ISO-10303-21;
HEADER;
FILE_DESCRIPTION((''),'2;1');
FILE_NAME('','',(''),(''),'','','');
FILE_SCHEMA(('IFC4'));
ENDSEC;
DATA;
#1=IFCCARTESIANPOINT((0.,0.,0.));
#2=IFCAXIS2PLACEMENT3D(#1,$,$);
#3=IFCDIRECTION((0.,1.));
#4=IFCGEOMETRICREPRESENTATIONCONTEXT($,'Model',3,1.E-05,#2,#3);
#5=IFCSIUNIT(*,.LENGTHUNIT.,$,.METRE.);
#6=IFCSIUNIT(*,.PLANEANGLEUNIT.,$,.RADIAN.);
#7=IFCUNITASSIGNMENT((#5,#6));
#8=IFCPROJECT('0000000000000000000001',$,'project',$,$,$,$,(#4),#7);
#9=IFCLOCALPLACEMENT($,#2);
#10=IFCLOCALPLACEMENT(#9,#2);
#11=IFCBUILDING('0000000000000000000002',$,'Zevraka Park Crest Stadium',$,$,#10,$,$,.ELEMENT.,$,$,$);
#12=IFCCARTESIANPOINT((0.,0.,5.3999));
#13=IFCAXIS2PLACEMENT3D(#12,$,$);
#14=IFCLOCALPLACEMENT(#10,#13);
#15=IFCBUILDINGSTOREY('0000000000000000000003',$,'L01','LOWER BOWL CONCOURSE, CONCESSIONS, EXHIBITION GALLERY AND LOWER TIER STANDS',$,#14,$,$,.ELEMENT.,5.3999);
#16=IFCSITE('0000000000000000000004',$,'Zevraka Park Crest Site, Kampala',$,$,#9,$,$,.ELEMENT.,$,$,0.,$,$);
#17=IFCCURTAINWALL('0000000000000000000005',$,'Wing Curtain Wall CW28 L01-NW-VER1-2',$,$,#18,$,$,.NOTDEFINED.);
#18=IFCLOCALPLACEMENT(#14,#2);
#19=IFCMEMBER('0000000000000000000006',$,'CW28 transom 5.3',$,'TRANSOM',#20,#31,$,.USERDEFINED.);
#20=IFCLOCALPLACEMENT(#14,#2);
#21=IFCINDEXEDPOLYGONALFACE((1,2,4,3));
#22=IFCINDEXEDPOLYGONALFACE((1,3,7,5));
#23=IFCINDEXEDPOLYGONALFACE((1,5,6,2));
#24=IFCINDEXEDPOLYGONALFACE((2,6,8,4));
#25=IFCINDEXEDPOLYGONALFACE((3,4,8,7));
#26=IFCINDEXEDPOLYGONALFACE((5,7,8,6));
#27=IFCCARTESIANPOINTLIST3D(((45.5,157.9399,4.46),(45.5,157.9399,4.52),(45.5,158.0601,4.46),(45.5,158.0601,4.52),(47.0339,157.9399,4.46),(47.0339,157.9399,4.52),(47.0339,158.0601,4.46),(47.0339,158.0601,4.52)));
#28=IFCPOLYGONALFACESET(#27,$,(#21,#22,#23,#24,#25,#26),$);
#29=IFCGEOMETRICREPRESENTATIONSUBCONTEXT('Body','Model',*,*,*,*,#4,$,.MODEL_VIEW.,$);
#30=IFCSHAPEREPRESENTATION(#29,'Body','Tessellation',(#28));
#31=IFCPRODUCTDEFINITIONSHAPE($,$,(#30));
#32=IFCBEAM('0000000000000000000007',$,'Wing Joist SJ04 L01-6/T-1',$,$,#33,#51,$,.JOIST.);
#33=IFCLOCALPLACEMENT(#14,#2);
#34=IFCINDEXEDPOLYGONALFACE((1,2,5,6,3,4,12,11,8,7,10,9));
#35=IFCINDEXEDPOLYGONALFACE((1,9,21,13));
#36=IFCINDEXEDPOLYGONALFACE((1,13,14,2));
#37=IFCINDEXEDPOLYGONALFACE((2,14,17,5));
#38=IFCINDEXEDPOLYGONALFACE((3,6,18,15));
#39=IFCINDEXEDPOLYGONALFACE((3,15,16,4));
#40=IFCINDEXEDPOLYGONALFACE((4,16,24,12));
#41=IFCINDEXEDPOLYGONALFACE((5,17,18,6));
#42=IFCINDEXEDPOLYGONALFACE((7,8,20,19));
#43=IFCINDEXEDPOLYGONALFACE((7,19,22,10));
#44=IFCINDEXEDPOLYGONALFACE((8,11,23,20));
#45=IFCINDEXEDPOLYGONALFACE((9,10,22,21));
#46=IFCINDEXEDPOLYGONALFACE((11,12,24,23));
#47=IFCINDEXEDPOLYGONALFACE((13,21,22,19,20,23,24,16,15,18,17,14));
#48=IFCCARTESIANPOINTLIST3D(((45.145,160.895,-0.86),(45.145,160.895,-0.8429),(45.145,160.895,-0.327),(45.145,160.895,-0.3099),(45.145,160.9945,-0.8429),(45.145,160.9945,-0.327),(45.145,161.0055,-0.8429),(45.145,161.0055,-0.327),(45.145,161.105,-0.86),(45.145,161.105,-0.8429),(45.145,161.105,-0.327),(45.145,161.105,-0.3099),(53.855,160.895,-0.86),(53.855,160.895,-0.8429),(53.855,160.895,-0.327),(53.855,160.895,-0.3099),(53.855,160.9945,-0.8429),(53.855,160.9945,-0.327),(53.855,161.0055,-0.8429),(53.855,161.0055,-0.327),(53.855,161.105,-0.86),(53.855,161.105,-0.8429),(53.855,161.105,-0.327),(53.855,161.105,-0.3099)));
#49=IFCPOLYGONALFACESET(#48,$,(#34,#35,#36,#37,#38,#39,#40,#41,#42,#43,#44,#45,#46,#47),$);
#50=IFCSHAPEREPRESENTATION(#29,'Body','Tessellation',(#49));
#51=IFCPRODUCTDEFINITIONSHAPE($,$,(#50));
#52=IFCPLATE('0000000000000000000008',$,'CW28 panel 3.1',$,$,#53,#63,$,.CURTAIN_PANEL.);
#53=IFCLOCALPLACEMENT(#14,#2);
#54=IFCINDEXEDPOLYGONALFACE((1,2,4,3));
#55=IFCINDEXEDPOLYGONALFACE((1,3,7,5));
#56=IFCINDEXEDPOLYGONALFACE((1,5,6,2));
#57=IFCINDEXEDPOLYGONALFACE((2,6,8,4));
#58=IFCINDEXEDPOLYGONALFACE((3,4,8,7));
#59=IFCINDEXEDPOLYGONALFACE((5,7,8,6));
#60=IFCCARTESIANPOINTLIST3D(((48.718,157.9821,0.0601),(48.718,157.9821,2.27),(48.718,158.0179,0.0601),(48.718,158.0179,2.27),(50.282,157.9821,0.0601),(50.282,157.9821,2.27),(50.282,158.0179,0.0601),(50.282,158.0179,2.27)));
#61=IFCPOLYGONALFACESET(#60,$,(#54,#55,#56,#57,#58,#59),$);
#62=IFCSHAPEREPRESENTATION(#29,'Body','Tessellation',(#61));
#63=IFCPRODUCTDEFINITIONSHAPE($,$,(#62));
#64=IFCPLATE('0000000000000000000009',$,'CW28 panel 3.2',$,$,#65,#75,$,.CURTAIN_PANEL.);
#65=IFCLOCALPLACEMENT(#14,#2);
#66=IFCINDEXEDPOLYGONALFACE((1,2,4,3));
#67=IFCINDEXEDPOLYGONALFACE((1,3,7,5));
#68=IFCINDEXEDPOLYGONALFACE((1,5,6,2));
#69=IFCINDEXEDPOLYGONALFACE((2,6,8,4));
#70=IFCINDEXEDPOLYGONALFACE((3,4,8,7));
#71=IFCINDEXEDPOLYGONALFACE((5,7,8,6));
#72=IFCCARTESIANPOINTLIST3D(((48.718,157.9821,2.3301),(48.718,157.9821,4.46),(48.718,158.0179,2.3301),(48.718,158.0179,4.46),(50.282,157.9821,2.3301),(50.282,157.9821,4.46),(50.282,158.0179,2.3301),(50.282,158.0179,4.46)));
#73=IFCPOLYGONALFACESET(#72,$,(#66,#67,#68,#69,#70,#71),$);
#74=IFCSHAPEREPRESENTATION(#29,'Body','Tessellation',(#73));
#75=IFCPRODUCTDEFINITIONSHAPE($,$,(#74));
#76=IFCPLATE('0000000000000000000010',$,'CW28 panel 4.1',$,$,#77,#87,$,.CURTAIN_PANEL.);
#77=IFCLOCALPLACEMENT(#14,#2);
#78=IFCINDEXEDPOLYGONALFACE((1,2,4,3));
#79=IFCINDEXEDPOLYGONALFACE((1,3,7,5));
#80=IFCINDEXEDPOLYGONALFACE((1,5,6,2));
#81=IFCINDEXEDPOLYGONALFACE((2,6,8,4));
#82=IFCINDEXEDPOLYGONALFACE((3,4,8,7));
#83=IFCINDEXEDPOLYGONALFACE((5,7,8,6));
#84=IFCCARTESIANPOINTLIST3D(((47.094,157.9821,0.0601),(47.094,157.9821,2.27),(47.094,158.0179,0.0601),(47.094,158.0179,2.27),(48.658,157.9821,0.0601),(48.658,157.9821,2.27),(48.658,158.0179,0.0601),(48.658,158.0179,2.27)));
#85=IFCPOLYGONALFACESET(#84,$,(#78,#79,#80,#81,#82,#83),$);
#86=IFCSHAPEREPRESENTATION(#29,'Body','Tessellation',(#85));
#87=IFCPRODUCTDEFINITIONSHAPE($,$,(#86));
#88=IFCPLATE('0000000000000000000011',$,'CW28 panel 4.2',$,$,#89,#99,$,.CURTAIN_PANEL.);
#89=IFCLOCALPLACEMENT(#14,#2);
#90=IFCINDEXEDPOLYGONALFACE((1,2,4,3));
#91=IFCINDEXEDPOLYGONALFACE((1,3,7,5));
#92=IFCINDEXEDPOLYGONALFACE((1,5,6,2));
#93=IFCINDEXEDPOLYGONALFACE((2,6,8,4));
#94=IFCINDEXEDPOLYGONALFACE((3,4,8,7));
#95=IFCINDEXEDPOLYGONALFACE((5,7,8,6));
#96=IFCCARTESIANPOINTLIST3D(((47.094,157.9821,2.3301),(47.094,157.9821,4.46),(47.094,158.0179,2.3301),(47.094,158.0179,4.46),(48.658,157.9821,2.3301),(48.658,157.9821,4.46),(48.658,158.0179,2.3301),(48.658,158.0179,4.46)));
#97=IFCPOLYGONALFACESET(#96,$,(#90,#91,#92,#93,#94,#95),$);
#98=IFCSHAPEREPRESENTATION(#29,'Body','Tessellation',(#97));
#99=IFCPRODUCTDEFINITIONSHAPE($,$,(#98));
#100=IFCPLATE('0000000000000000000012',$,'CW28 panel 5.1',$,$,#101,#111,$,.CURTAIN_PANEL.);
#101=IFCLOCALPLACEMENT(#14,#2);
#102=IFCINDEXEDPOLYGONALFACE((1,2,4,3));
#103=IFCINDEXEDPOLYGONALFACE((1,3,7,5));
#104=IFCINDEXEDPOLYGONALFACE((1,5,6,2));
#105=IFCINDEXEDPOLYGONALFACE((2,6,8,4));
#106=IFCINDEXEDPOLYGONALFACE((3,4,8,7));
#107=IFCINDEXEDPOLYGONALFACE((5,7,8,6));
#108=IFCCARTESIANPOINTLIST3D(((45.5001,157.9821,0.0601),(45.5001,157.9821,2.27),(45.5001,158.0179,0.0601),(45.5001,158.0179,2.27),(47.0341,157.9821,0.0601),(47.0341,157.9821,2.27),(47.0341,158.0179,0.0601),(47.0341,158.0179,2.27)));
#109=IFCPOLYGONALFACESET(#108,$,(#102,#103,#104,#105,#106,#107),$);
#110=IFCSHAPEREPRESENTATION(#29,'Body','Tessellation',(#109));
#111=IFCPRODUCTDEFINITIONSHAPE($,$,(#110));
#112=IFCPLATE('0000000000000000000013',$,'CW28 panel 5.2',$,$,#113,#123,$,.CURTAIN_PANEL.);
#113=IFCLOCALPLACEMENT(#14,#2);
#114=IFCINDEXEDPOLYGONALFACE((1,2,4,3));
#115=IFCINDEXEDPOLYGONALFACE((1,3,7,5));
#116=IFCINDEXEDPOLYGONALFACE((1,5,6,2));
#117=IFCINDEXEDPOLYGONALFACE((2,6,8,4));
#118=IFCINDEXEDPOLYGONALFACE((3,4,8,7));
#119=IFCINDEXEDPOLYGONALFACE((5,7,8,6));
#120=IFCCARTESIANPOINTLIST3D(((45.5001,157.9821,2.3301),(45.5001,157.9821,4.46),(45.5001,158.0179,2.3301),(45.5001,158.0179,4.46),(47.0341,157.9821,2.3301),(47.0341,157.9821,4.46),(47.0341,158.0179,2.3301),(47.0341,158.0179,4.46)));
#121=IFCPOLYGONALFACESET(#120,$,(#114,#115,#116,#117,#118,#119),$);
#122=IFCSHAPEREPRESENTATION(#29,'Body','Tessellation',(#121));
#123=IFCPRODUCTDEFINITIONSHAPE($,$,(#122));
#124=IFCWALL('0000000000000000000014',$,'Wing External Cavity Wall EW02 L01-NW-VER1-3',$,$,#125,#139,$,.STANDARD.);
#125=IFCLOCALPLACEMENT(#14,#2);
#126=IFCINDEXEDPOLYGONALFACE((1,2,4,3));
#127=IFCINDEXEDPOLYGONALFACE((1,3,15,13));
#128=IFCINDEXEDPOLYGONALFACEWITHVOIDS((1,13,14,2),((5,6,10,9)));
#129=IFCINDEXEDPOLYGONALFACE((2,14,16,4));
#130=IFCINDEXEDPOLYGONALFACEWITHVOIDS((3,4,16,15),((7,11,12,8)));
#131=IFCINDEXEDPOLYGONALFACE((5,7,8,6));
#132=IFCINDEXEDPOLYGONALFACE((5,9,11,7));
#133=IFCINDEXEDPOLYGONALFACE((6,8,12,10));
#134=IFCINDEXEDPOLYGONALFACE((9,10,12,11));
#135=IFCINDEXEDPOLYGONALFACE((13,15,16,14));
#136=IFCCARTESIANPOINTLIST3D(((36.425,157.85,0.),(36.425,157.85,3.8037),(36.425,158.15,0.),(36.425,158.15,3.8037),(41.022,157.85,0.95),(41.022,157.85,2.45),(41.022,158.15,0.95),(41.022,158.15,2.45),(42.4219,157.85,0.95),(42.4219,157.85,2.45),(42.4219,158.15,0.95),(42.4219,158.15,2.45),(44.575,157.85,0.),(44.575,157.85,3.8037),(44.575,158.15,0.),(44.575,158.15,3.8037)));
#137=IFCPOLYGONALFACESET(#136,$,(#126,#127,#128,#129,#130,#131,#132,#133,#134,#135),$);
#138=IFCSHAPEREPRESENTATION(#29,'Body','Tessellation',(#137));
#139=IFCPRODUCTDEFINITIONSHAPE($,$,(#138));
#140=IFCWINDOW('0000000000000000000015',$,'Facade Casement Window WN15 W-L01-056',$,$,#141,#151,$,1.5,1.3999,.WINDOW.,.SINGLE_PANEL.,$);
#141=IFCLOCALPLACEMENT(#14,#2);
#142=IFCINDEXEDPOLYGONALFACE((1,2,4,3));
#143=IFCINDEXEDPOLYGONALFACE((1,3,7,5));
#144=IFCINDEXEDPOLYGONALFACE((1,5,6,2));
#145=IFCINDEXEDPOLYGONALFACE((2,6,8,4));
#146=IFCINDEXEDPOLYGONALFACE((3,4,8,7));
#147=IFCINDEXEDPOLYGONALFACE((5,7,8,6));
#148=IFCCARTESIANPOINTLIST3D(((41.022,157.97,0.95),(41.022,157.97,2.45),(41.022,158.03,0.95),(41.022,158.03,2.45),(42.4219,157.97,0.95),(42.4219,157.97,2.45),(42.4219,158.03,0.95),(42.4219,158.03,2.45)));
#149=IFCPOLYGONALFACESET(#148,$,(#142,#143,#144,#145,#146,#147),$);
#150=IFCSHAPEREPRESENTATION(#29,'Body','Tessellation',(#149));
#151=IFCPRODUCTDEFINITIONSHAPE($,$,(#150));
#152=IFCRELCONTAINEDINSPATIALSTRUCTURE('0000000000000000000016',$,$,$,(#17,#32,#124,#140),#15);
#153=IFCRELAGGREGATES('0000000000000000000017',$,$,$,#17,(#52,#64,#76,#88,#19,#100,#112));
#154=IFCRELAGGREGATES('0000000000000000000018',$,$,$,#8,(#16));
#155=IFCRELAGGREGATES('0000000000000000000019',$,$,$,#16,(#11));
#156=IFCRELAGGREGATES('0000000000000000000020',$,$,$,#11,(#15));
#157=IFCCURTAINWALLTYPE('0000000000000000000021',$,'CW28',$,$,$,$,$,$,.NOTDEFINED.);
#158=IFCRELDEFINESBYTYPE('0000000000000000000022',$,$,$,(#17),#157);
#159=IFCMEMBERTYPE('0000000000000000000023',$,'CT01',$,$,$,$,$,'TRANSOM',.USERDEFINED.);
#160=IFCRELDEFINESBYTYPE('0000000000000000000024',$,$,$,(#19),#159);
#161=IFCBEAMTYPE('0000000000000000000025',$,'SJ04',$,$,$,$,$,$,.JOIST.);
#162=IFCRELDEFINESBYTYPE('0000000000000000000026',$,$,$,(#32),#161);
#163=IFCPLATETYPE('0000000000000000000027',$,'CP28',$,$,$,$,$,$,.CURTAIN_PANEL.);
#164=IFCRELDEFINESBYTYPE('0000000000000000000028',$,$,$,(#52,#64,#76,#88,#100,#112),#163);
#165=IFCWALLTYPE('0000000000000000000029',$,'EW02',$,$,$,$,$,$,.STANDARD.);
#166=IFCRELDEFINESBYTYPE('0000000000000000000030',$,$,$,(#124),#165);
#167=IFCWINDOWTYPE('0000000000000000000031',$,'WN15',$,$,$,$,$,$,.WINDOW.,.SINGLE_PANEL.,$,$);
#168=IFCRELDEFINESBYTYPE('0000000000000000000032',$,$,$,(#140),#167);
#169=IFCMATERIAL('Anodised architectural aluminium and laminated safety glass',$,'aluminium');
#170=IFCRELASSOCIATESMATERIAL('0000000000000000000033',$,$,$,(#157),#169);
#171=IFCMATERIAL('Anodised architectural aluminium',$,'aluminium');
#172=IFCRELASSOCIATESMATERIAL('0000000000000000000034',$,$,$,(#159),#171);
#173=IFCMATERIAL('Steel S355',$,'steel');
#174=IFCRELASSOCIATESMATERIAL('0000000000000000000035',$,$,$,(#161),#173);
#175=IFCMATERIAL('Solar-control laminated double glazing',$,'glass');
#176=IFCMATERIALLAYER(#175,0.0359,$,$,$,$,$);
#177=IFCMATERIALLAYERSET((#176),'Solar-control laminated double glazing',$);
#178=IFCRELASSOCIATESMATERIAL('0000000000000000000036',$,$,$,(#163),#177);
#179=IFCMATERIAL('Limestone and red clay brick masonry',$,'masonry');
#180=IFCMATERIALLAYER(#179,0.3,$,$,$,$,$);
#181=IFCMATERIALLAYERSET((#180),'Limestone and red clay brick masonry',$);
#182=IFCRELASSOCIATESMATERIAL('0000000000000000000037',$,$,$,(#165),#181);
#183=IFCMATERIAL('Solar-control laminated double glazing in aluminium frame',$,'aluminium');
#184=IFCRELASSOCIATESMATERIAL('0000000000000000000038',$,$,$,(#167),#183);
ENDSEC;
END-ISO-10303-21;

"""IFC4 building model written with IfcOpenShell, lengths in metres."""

from ifc_helpers import new_model, si_unit, direction, frame, frame_2d, origin, origin_2d, place, context, subcontext, project, spatial, rectangle, i_section, extrude, material, layer, layer_set, material_profile, profile_set, type_object, element, fill, aggregate, save


model = new_model("IFC4")

# Units and contexts
model_context = context("Model", 3, precision=1e-05, world=origin(), true_north=direction((0.0, 1.0)))
body_context = subcontext(model_context, "Body", "Model", "MODEL_VIEW")
ifc_project = project(units=[si_unit("LENGTHUNIT", "METRE"), si_unit("PLANEANGLEUNIT", "RADIAN")], contexts=[model_context])

# Site, building, storey
site_placement = place(None, origin())
site = spatial("IfcSite", under=ifc_project, at=site_placement, Name="Zevraka Park Crest Site, Kampala", CompositionType="ELEMENT", RefElevation=0.0)
building_placement = place(site_placement, origin())
building = spatial("IfcBuilding", under=site, at=building_placement, Name="Zevraka Park Crest Stadium", CompositionType="ELEMENT")
storey_placement = place(building_placement, frame((0.0, 0.0, 5.3999)))
storey = spatial("IfcBuildingStorey", under=building, at=storey_placement, Name="L01", Description="LOWER BOWL CONCOURSE, CONCESSIONS, EXHIBITION GALLERY AND LOWER TIER STANDS", CompositionType="ELEMENT", Elevation=5.3999)

# Curtain wall, member
ifc_material_1 = material(Name="Anodised architectural aluminium and laminated safety glass", Category="aluminium")
curtain_wall_type = type_object("IfcCurtainWallType", Name="CW28", PredefinedType="NOTDEFINED", material=ifc_material_1)
curtain_wall_placement = place(storey_placement, origin())
curtain_wall = element("IfcCurtainWall", 1, at=curtain_wall_placement, inside=storey, type_object=curtain_wall_type, Name="Wing Curtain Wall CW28 L01-NW-VER1-2", PredefinedType="NOTDEFINED")
ifc_material_2 = material(Name="Anodised architectural aluminium", Category="aluminium")
ifc_material_profile_1 = material_profile(ifc_material_2, rectangle(XDim=0.1201, YDim=0.0601, at=origin_2d()), Name="ALU TRANSOM 120x60")
ifc_profile_set_1 = profile_set([ifc_material_profile_1], Name="Anodised architectural aluminium")
member_type_1 = type_object("IfcMemberType", Name="CT01", ElementType="TRANSOM", PredefinedType="USERDEFINED", material=ifc_profile_set_1)
member_1_placement = place(storey_placement, frame((47.0339, 158.0, 4.49), z_axis=(-1.0, 0.0, 0.0), x_axis=(0.0, -1.0, 0.0)))
member_1 = element("IfcMember", 2, at=member_1_placement, type_object=member_type_1, Name="CW28 transom 5.3", ObjectType="TRANSOM", PredefinedType="USERDEFINED", context=body_context, shape_type="SweptSolid", body=[
    extrude(rectangle(XDim=0.1201, YDim=0.0601, at=origin_2d()), origin(), (0.0, 0.0, 1.0), 1.5339),
])

# Beam
ifc_material_3 = material(Name="Steel S355", Category="steel")
ifc_material_profile_2 = material_profile(ifc_material_3, i_section(OverallWidth=0.21, OverallDepth=0.55, WebThickness=0.011, FlangeThickness=0.0171, at=origin_2d()), Name="IPE 550")
ifc_profile_set_2 = profile_set([ifc_material_profile_2], Name="Steel S355")
beam_type_1 = type_object("IfcBeamType", Name="SJ04", PredefinedType="JOIST", material=ifc_profile_set_2)
beam_1_placement = place(storey_placement, frame((45.145, 161.0, -0.585), z_axis=(1.0, 0.0, 0.0), x_axis=(0.0, 1.0, 0.0)))
element("IfcBeam", 3, at=beam_1_placement, inside=storey, type_object=beam_type_1, Name="Wing Joist SJ04 L01-6/T-1", PredefinedType="JOIST", context=body_context, shape_type="SweptSolid", body=[
    extrude(i_section(OverallWidth=0.21, OverallDepth=0.55, WebThickness=0.011, FlangeThickness=0.0171, at=origin_2d()), origin(), (0.0, 0.0, 1.0), 8.71),
])

# Plates
ifc_material_4 = material(Name="Solar-control laminated double glazing", Category="glass")
ifc_layer_1 = layer(ifc_material_4, 0.0359)
ifc_layer_set_1 = layer_set([ifc_layer_1], Name="Solar-control laminated double glazing")
plate_type = type_object("IfcPlateType", Name="CP28", PredefinedType="CURTAIN_PANEL", material=ifc_layer_set_1)
plate_1_placement = place(storey_placement, frame((49.5, 158.0, 0.0601), z_axis=(0.0, 0.0, 1.0), x_axis=(-1.0, 0.0, 0.0)))
plate_1 = element("IfcPlate", 4, at=plate_1_placement, type_object=plate_type, Name="CW28 panel 3.1", PredefinedType="CURTAIN_PANEL", context=body_context, shape_type="SweptSolid", body=[
    extrude(rectangle(XDim=1.564, YDim=0.0359, at=origin_2d()), origin(), (0.0, 0.0, 1.0), 2.21),
])
plate_2_placement = place(storey_placement, frame((49.5, 158.0, 2.3301), z_axis=(0.0, 0.0, 1.0), x_axis=(-1.0, 0.0, 0.0)))
plate_2 = element("IfcPlate", 5, at=plate_2_placement, type_object=plate_type, Name="CW28 panel 3.2", PredefinedType="CURTAIN_PANEL", context=body_context, shape_type="SweptSolid", body=[
    extrude(rectangle(XDim=1.564, YDim=0.0359, at=origin_2d()), origin(), (0.0, 0.0, 1.0), 2.1299),
])
plate_3_placement = place(storey_placement, frame((47.876, 158.0, 0.0601), z_axis=(0.0, 0.0, 1.0), x_axis=(-1.0, 0.0, 0.0)))
plate_3 = element("IfcPlate", 6, at=plate_3_placement, type_object=plate_type, Name="CW28 panel 4.1", PredefinedType="CURTAIN_PANEL", context=body_context, shape_type="SweptSolid", body=[
    extrude(rectangle(XDim=1.564, YDim=0.0359, at=origin_2d()), origin(), (0.0, 0.0, 1.0), 2.21),
])
plate_4_placement = place(storey_placement, frame((47.876, 158.0, 2.3301), z_axis=(0.0, 0.0, 1.0), x_axis=(-1.0, 0.0, 0.0)))
plate_4 = element("IfcPlate", 7, at=plate_4_placement, type_object=plate_type, Name="CW28 panel 4.2", PredefinedType="CURTAIN_PANEL", context=body_context, shape_type="SweptSolid", body=[
    extrude(rectangle(XDim=1.564, YDim=0.0359, at=origin_2d()), origin(), (0.0, 0.0, 1.0), 2.1299),
])
plate_5_placement = place(storey_placement, frame((46.2671, 158.0, 0.0601), z_axis=(0.0, 0.0, 1.0), x_axis=(-1.0, 0.0, 0.0)))
plate_5 = element("IfcPlate", 8, at=plate_5_placement, type_object=plate_type, Name="CW28 panel 5.1", PredefinedType="CURTAIN_PANEL", context=body_context, shape_type="SweptSolid", body=[
    extrude(rectangle(XDim=1.5339, YDim=0.0359, at=origin_2d()), origin(), (0.0, 0.0, 1.0), 2.21),
])
plate_6_placement = place(storey_placement, frame((46.2671, 158.0, 2.3301), z_axis=(0.0, 0.0, 1.0), x_axis=(-1.0, 0.0, 0.0)))
plate_6 = element("IfcPlate", 9, at=plate_6_placement, type_object=plate_type, Name="CW28 panel 5.2", PredefinedType="CURTAIN_PANEL", context=body_context, shape_type="SweptSolid", body=[
    extrude(rectangle(XDim=1.5339, YDim=0.0359, at=origin_2d()), origin(), (0.0, 0.0, 1.0), 2.1299),
])
aggregate(curtain_wall, [plate_1, plate_2, plate_3, plate_4, member_1, plate_5, plate_6])

# Wall, opening, window
ifc_material_5 = material(Name="Limestone and red clay brick masonry", Category="masonry")
ifc_layer_2 = layer(ifc_material_5, 0.3)
ifc_layer_set_2 = layer_set([ifc_layer_2], Name="Limestone and red clay brick masonry")
wall_type = type_object("IfcWallType", Name="EW02", PredefinedType="STANDARD", material=ifc_layer_set_2)
wall_placement = place(storey_placement, frame((44.575, 158.0, 0.0), z_axis=(0.0, 0.0, 1.0), x_axis=(-1.0, 0.0, 0.0)))
wall = element("IfcWall", 10, at=wall_placement, inside=storey, type_object=wall_type, Name="Wing External Cavity Wall EW02 L01-NW-VER1-3", PredefinedType="STANDARD", context=body_context, shape_type="SweptSolid", body=[
    extrude(rectangle(XDim=8.1499, YDim=0.3, at=frame_2d((4.075, 0.0))), origin(), (0.0, 0.0, 1.0), 3.8037),
])
opening_placement = place(wall_placement, frame((2.1531, 0.0, 0.95)))
opening = element("IfcOpeningElement", 11, at=opening_placement, cuts=wall, PredefinedType="OPENING", context=body_context, shape_type="SweptSolid", body=[
    extrude(rectangle(XDim=1.3999, YDim=1.5, at=frame_2d((0.7, 0.75))), frame((0.0, 0.1599, 0.0), z_axis=(0.0, -1.0, 0.0), x_axis=(1.0, 0.0, 0.0)), (0.0, 0.0, 1.0), 0.3201),
])
ifc_material_6 = material(Name="Solar-control laminated double glazing in aluminium frame", Category="aluminium")
window_type = type_object("IfcWindowType", Name="WN15", PartitioningType="SINGLE_PANEL", PredefinedType="WINDOW", material=ifc_material_6)
window_placement = place(opening_placement, origin())
window = element("IfcWindow", 12, at=window_placement, inside=storey, type_object=window_type, Name="Facade Casement Window WN15 W-L01-056", OverallHeight=1.5, OverallWidth=1.3999, PartitioningType="SINGLE_PANEL", PredefinedType="WINDOW", context=body_context, shape_type="SweptSolid", body=[
    extrude(rectangle(XDim=1.3999, YDim=1.5, at=frame_2d((0.7, 0.75))), frame((0.0, 0.03, 0.0), z_axis=(0.0, -1.0, 0.0), x_axis=(1.0, 0.0, 0.0)), (0.0, 0.0, 1.0), 0.0601),
])
fill(opening, window)

save(model, "model.ifc")
